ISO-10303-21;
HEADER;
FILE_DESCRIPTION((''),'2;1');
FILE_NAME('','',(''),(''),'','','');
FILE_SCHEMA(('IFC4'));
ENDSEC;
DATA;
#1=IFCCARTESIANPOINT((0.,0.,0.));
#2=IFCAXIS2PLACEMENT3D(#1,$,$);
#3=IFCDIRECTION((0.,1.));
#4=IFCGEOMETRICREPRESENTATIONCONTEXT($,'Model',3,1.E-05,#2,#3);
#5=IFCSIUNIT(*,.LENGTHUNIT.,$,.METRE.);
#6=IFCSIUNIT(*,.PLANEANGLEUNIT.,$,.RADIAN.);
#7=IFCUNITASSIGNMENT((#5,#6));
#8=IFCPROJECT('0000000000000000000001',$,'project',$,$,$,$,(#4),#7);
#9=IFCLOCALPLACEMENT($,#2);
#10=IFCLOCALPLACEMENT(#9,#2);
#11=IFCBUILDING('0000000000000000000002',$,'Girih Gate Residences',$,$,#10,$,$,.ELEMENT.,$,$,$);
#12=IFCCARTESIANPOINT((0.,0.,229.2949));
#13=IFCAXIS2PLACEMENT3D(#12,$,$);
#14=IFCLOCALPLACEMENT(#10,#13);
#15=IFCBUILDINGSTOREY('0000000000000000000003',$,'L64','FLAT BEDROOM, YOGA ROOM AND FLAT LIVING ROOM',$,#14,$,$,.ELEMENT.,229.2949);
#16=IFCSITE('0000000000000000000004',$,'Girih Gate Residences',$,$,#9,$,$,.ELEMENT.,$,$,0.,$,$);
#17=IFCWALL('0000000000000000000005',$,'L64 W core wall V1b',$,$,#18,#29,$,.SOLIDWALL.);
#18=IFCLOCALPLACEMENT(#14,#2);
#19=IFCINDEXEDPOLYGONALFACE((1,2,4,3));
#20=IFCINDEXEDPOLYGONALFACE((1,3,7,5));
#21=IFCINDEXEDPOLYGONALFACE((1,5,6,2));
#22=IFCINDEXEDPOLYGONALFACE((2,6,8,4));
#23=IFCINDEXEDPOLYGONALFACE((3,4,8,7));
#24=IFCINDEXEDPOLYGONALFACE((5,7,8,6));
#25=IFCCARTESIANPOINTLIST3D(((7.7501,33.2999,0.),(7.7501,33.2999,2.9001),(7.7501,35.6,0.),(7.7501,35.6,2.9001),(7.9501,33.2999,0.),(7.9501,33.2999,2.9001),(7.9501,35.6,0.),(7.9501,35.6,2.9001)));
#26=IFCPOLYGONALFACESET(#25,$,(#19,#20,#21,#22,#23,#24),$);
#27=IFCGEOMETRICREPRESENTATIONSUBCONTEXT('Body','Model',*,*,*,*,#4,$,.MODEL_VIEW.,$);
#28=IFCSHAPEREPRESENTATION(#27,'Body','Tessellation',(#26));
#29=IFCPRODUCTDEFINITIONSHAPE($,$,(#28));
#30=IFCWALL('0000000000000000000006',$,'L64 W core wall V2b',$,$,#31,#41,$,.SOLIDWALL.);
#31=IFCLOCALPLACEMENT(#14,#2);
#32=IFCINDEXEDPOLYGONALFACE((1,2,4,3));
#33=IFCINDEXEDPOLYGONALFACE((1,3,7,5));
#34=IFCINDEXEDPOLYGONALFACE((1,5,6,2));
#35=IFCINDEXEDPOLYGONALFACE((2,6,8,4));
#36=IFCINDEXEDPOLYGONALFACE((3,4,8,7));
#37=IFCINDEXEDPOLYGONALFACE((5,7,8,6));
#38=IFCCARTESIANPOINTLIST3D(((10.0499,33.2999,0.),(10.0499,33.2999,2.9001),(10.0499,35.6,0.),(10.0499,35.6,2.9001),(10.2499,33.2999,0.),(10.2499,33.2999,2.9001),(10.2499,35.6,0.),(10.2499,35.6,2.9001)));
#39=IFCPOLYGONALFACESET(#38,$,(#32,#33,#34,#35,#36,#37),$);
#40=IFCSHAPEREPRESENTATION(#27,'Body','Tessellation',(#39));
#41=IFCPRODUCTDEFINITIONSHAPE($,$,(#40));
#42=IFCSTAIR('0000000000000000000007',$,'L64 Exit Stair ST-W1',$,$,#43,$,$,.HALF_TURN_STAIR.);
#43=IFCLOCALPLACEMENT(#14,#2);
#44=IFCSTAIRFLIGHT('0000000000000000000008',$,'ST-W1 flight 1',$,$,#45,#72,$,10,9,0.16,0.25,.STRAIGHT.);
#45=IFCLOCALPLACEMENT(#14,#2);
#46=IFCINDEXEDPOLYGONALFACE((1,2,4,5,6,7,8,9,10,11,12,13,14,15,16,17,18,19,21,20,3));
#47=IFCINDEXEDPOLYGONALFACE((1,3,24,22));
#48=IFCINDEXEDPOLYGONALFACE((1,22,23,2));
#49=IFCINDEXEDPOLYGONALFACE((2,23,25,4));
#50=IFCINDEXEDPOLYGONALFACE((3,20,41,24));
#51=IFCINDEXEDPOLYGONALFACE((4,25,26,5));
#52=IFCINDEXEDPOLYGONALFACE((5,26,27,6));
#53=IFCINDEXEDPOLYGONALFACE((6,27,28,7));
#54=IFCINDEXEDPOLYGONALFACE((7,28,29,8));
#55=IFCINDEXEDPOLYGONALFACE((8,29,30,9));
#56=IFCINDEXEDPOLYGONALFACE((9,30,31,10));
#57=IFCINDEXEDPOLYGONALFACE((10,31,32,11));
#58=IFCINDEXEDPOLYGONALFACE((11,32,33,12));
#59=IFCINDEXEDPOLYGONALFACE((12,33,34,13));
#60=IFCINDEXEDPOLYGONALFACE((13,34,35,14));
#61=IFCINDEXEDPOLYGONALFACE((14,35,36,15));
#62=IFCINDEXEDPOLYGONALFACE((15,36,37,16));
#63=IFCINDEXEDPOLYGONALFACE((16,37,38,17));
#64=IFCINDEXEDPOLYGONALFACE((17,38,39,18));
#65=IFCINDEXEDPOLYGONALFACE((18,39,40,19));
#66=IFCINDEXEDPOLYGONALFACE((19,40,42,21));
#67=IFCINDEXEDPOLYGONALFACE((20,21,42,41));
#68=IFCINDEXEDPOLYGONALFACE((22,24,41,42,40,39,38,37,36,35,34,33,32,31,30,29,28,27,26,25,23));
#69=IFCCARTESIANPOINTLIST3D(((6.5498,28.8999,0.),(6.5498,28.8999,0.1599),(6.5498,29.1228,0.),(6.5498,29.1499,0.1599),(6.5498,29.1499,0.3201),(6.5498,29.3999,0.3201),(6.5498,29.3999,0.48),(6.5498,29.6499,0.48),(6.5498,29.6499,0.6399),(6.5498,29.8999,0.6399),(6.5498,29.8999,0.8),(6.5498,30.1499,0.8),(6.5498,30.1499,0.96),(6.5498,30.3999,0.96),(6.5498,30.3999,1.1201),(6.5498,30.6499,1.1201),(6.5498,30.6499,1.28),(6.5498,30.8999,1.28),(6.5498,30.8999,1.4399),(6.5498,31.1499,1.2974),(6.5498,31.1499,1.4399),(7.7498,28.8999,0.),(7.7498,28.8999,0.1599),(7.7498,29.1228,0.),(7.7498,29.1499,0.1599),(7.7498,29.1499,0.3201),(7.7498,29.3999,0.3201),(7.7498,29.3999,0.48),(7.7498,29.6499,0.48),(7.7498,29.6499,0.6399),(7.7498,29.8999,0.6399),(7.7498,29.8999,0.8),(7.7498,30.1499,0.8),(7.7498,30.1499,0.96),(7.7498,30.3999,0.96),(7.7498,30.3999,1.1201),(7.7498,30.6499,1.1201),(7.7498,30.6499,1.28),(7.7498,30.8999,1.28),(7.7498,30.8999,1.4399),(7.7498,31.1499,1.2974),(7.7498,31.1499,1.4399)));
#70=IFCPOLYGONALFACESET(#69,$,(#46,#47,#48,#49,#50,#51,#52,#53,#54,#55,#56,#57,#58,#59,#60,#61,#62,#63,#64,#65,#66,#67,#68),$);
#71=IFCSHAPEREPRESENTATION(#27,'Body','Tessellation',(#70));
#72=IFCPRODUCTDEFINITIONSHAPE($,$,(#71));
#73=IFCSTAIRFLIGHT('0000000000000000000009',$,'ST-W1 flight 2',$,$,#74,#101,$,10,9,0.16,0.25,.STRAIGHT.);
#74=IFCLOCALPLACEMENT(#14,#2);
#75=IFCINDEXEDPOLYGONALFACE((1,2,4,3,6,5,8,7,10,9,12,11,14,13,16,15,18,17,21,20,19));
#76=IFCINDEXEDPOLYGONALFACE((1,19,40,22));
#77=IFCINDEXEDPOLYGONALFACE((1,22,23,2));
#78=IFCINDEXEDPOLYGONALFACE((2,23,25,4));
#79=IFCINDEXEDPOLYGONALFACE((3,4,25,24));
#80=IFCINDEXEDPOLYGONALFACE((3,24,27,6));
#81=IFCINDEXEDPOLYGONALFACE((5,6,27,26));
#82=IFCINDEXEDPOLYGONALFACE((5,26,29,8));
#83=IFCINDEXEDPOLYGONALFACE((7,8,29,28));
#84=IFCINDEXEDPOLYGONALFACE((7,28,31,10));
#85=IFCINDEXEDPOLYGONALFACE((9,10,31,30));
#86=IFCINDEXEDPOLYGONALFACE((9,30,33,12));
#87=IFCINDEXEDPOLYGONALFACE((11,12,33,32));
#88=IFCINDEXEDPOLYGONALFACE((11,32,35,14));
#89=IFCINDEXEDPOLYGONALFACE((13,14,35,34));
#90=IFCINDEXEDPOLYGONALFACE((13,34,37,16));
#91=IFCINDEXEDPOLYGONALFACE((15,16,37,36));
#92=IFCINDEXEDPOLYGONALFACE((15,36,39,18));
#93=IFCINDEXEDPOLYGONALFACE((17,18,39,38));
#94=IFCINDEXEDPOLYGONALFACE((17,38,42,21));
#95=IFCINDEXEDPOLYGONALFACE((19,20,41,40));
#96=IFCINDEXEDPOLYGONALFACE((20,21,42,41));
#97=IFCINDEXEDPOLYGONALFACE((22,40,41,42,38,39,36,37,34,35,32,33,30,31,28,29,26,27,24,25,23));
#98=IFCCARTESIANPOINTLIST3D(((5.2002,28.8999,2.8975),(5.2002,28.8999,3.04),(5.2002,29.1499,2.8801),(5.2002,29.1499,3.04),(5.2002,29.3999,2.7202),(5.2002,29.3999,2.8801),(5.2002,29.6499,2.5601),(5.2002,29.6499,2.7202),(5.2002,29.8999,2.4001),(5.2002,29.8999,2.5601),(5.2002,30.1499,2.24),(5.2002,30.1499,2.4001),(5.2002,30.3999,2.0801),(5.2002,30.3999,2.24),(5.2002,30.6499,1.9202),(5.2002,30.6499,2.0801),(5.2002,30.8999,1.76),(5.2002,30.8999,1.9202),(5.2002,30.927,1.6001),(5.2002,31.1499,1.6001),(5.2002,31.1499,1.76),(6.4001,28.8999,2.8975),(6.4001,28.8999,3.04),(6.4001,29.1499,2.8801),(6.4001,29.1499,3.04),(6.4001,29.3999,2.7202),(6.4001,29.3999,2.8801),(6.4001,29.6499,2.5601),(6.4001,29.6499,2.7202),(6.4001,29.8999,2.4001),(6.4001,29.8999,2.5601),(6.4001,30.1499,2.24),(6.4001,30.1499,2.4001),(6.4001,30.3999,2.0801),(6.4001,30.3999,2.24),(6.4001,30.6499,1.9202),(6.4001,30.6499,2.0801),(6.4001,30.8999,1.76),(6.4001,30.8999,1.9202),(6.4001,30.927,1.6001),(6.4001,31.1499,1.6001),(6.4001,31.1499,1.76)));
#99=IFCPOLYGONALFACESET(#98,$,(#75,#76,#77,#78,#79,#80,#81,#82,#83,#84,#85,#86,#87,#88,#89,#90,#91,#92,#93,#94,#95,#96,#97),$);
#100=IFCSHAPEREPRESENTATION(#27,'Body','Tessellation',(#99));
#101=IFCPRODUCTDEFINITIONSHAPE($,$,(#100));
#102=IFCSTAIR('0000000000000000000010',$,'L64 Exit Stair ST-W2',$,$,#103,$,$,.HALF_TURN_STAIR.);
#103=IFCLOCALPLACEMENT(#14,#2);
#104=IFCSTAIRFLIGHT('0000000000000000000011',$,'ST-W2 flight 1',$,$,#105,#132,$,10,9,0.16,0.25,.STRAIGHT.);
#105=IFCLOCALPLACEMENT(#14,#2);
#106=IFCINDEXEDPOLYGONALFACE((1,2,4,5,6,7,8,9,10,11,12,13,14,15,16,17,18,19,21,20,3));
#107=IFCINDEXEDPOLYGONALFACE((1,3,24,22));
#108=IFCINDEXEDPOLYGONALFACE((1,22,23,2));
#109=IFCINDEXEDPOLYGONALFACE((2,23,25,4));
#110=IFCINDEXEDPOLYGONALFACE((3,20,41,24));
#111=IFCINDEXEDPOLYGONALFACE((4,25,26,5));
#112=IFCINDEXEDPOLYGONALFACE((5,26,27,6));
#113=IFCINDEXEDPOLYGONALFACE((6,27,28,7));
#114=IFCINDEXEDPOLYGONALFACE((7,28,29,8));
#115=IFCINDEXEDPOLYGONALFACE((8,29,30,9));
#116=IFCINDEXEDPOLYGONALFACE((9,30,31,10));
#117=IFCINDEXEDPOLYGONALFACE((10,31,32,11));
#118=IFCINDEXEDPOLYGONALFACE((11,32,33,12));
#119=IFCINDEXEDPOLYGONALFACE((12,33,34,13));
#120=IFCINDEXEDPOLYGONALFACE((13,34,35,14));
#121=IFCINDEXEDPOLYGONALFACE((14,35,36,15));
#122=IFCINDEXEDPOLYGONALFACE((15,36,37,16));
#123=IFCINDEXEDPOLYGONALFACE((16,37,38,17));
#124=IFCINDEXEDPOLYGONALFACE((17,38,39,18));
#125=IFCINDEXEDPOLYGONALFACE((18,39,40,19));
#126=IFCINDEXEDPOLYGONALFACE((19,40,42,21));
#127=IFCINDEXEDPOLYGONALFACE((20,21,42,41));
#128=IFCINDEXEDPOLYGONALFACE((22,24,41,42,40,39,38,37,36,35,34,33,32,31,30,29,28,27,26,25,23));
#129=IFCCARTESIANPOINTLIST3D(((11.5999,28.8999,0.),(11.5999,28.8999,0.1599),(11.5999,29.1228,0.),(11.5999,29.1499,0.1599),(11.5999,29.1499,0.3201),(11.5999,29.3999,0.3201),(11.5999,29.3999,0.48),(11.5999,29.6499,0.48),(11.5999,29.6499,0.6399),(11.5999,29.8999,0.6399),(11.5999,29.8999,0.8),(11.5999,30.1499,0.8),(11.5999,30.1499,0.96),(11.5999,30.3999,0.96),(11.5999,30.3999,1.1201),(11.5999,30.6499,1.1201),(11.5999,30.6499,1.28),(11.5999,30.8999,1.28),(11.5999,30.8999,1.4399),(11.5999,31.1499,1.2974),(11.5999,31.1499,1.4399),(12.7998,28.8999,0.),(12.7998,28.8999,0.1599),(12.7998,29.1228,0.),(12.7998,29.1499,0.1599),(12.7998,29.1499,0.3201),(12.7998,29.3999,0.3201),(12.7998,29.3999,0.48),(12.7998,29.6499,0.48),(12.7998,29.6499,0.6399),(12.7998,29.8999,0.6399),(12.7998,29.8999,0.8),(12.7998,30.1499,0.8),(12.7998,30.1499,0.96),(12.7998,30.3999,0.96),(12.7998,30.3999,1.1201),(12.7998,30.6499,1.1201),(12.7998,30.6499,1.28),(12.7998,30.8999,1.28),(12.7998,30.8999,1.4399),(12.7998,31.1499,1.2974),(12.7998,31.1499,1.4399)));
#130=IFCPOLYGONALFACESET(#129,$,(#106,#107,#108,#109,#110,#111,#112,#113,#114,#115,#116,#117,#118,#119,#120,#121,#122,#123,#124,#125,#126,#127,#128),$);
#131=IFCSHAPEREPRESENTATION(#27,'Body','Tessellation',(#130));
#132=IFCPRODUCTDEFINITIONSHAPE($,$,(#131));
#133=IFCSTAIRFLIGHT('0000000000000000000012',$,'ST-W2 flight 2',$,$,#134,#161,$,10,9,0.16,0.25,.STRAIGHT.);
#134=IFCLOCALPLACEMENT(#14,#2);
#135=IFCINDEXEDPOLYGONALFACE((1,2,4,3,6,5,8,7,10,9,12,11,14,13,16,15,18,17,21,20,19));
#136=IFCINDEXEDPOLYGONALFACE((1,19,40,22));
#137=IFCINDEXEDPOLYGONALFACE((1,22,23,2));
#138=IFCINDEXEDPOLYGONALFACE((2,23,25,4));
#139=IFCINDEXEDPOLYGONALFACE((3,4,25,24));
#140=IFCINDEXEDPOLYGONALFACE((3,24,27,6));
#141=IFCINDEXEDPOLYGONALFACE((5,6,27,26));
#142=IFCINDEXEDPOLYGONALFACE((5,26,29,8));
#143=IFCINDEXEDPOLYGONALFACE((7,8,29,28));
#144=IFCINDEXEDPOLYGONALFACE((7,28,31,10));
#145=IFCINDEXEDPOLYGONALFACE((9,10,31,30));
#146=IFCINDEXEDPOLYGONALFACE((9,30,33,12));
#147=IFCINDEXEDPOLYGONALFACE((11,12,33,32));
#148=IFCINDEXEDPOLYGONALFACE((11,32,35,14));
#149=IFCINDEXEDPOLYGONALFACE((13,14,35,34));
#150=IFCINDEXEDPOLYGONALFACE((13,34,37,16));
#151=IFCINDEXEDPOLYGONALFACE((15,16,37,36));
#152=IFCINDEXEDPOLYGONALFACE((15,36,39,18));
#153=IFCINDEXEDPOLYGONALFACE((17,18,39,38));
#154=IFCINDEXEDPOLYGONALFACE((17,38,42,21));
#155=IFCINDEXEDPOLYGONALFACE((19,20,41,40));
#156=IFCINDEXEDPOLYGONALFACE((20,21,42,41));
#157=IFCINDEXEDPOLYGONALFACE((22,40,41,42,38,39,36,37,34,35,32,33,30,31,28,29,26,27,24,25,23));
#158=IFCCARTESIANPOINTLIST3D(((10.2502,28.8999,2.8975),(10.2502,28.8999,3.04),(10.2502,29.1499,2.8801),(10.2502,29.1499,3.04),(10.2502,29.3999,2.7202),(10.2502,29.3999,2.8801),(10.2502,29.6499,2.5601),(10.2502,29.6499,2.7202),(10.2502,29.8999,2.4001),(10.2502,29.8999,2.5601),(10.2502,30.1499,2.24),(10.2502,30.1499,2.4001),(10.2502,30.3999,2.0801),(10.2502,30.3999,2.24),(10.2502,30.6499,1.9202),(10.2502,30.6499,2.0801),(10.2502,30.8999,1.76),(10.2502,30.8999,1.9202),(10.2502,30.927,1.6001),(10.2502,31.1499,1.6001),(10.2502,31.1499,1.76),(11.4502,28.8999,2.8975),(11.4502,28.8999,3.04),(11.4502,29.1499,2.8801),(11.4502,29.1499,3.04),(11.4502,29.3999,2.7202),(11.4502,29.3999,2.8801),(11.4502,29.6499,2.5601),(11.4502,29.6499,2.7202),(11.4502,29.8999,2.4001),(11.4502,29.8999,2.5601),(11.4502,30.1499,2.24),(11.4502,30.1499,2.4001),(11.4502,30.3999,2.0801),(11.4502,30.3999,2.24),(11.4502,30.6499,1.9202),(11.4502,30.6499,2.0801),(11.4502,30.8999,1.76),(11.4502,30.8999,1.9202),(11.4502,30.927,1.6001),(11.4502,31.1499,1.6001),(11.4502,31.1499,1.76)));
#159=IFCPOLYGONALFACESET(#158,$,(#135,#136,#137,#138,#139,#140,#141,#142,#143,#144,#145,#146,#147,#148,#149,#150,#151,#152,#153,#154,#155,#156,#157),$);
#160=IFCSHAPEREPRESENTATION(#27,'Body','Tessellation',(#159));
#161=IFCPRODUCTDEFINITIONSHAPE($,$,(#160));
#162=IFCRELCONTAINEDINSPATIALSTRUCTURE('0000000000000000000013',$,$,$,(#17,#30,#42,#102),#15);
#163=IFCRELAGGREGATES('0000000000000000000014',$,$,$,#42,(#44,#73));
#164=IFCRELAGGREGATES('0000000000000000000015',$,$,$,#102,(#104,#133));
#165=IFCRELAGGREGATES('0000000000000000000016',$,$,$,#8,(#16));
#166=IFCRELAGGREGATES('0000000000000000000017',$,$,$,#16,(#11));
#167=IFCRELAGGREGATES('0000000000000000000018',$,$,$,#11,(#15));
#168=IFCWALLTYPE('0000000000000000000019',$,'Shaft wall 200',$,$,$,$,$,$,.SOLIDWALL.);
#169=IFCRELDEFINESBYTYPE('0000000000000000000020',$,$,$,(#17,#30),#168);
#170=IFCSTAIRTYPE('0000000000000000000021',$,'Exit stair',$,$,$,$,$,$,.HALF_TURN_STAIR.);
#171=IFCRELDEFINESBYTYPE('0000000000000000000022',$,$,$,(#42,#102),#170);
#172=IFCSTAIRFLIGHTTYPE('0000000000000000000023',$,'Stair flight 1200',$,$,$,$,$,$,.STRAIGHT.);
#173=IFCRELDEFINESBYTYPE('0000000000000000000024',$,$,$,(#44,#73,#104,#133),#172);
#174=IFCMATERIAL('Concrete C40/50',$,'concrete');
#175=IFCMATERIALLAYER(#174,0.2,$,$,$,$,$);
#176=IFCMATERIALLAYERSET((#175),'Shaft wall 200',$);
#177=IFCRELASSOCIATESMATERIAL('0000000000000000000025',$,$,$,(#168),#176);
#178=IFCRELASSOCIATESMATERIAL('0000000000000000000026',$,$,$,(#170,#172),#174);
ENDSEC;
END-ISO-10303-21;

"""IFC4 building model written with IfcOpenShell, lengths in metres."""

from ifc_helpers import new_model, si_unit, direction, frame, frame_2d, origin, place, context, subcontext, project, spatial, polyline, rectangle, outline, extrude, material, layer, layer_set, type_object, element, aggregate, save


model = new_model("IFC4")

# Units and contexts
model_context = context("Model", 3, precision=1e-05, world=origin(), true_north=direction((0.0, 1.0)))
body_context = subcontext(model_context, "Body", "Model", "MODEL_VIEW")
ifc_project = project(units=[si_unit("LENGTHUNIT", "METRE"), si_unit("PLANEANGLEUNIT", "RADIAN")], contexts=[model_context])

# Site, building, storey
site_placement = place(None, origin())
site = spatial("IfcSite", under=ifc_project, at=site_placement, Name="Girih Gate Residences", CompositionType="ELEMENT", RefElevation=0.0)
building_placement = place(site_placement, origin())
building = spatial("IfcBuilding", under=site, at=building_placement, Name="Girih Gate Residences", CompositionType="ELEMENT")
storey_placement = place(building_placement, frame((0.0, 0.0, 229.2949)))
storey = spatial("IfcBuildingStorey", under=building, at=storey_placement, Name="L64", Description="FLAT BEDROOM, YOGA ROOM AND FLAT LIVING ROOM", CompositionType="ELEMENT", Elevation=229.2949)

# Shared definitions
ifc_material_1 = material(Name="Concrete C40/50", Category="concrete")

# Shared definitions
ifc_layer_1 = layer(ifc_material_1, 0.2)
ifc_layer_set_1 = layer_set([ifc_layer_1], Name="Shaft wall 200")
wall_type_1 = type_object("IfcWallType", Name="Shaft wall 200", PredefinedType="SOLIDWALL", material=ifc_layer_set_1)

# Walls
for number, where, z_axis, x_axis, name in (
    (1, (7.8501, 33.3, 0.0), (0.0, 0.0, 1.0), (0.0, 1.0, 0.0), "L64 W core wall V1b"),
    (2, (10.1499, 33.3, 0.0), (0.0, 0.0, 1.0), (0.0, 1.0, 0.0), "L64 W core wall V2b"),
):
    element("IfcWall", number, at=place(storey_placement, frame(where, z_axis=z_axis, x_axis=x_axis)), inside=storey, type_object=wall_type_1, Name=name, PredefinedType="SOLIDWALL", context=body_context, shape_type="SweptSolid", body=[
        extrude(rectangle(XDim=2.3, YDim=0.2, at=frame_2d((1.1499, 0.0))), origin(), (0.0, 0.0, 1.0), 2.9001),
    ])

# Stairs, stair flights
stair_type = type_object("IfcStairType", Name="Exit stair", PredefinedType="HALF_TURN_STAIR", material=ifc_material_1)
stair_1_placement = place(storey_placement, origin())
stair_1 = element("IfcStair", 3, at=stair_1_placement, inside=storey, type_object=stair_type, Name="L64 Exit Stair ST-W1", PredefinedType="HALF_TURN_STAIR")
stair_flight_type = type_object("IfcStairFlightType", Name="Stair flight 1200", PredefinedType="STRAIGHT", material=ifc_material_1)
stair_flight_1_placement = place(storey_placement, frame((7.1499, 28.8999, 0.0), z_axis=(0.0, 0.0, 1.0), x_axis=(0.0, 1.0, 0.0)))
stair_flight_1 = element("IfcStairFlight", 4, at=stair_flight_1_placement, type_object=stair_flight_type, Name="ST-W1 flight 1", NumberOfRisers=10, NumberOfTreads=9, PredefinedType="STRAIGHT", RiserHeight=0.16, TreadLength=0.25, context=body_context, shape_type="SweptSolid", body=[
    extrude(outline(polyline([(0.0, 0.0), (0.0, 0.1599), (0.25, 0.1599), (0.25, 0.3201), (0.5, 0.3201), (0.5, 0.48), (0.75, 0.48), (0.75, 0.6399), (1.0, 0.6399), (1.0, 0.8), (1.25, 0.8), (1.25, 0.96), (1.5, 0.96), (1.5, 1.1201), (1.75, 1.1201), (1.75, 1.28), (2.0, 1.28), (2.0, 1.4399), (2.25, 1.4399), (2.25, 1.6001), (2.25, 1.2974), (0.2229, 0.0), (0.0, 0.0)])), frame((0.0, 0.6001, 0.0), z_axis=(0.0, -1.0, 0.0), x_axis=(1.0, 0.0, 0.0)), (0.0, 0.0, 1.0), 1.2),
])
stair_flight_2_placement = place(storey_placement, frame((5.8, 31.1499, 1.6001), z_axis=(0.0, 0.0, 1.0), x_axis=(0.0, -1.0, 0.0)))
stair_flight_2 = element("IfcStairFlight", 5, at=stair_flight_2_placement, type_object=stair_flight_type, Name="ST-W1 flight 2", NumberOfRisers=10, NumberOfTreads=9, PredefinedType="STRAIGHT", RiserHeight=0.16, TreadLength=0.25, context=body_context, shape_type="SweptSolid", body=[
    extrude(outline(polyline([(0.0, 0.0), (0.0, 0.1599), (0.25, 0.1599), (0.25, 0.3201), (0.5, 0.3201), (0.5, 0.48), (0.75, 0.48), (0.75, 0.6399), (1.0, 0.6399), (1.0, 0.8), (1.25, 0.8), (1.25, 0.96), (1.5, 0.96), (1.5, 1.1201), (1.75, 1.1201), (1.75, 1.28), (2.0, 1.28), (2.0, 1.4399), (2.25, 1.4399), (2.25, 1.6001), (2.25, 1.2974), (0.2229, 0.0), (0.0, 0.0)])), frame((0.0, 0.6001, 0.0), z_axis=(0.0, -1.0, 0.0), x_axis=(1.0, 0.0, 0.0)), (0.0, 0.0, 1.0), 1.2),
])
aggregate(stair_1, [stair_flight_1, stair_flight_2])
stair_2_placement = place(storey_placement, origin())
stair_2 = element("IfcStair", 6, at=stair_2_placement, inside=storey, type_object=stair_type, Name="L64 Exit Stair ST-W2", PredefinedType="HALF_TURN_STAIR")
stair_flight_3_placement = place(storey_placement, frame((12.2, 28.8999, 0.0), z_axis=(0.0, 0.0, 1.0), x_axis=(0.0, 1.0, 0.0)))
stair_flight_3 = element("IfcStairFlight", 7, at=stair_flight_3_placement, type_object=stair_flight_type, Name="ST-W2 flight 1", NumberOfRisers=10, NumberOfTreads=9, PredefinedType="STRAIGHT", RiserHeight=0.16, TreadLength=0.25, context=body_context, shape_type="SweptSolid", body=[
    extrude(outline(polyline([(0.0, 0.0), (0.0, 0.1599), (0.25, 0.1599), (0.25, 0.3201), (0.5, 0.3201), (0.5, 0.48), (0.75, 0.48), (0.75, 0.6399), (1.0, 0.6399), (1.0, 0.8), (1.25, 0.8), (1.25, 0.96), (1.5, 0.96), (1.5, 1.1201), (1.75, 1.1201), (1.75, 1.28), (2.0, 1.28), (2.0, 1.4399), (2.25, 1.4399), (2.25, 1.6001), (2.25, 1.2974), (0.2229, 0.0), (0.0, 0.0)])), frame((0.0, 0.6001, 0.0), z_axis=(0.0, -1.0, 0.0), x_axis=(1.0, 0.0, 0.0)), (0.0, 0.0, 1.0), 1.2),
])
stair_flight_4_placement = place(storey_placement, frame((10.8501, 31.1499, 1.6001), z_axis=(0.0, 0.0, 1.0), x_axis=(0.0, -1.0, 0.0)))
stair_flight_4 = element("IfcStairFlight", 8, at=stair_flight_4_placement, type_object=stair_flight_type, Name="ST-W2 flight 2", NumberOfRisers=10, NumberOfTreads=9, PredefinedType="STRAIGHT", RiserHeight=0.16, TreadLength=0.25, context=body_context, shape_type="SweptSolid", body=[
    extrude(outline(polyline([(0.0, 0.0), (0.0, 0.1599), (0.25, 0.1599), (0.25, 0.3201), (0.5, 0.3201), (0.5, 0.48), (0.75, 0.48), (0.75, 0.6399), (1.0, 0.6399), (1.0, 0.8), (1.25, 0.8), (1.25, 0.96), (1.5, 0.96), (1.5, 1.1201), (1.75, 1.1201), (1.75, 1.28), (2.0, 1.28), (2.0, 1.4399), (2.25, 1.4399), (2.25, 1.6001), (2.25, 1.2974), (0.2229, 0.0), (0.0, 0.0)])), frame((0.0, 0.6001, 0.0), z_axis=(0.0, -1.0, 0.0), x_axis=(1.0, 0.0, 0.0)), (0.0, 0.0, 1.0), 1.2),
])
aggregate(stair_2, [stair_flight_3, stair_flight_4])

save(model, "model.ifc")
